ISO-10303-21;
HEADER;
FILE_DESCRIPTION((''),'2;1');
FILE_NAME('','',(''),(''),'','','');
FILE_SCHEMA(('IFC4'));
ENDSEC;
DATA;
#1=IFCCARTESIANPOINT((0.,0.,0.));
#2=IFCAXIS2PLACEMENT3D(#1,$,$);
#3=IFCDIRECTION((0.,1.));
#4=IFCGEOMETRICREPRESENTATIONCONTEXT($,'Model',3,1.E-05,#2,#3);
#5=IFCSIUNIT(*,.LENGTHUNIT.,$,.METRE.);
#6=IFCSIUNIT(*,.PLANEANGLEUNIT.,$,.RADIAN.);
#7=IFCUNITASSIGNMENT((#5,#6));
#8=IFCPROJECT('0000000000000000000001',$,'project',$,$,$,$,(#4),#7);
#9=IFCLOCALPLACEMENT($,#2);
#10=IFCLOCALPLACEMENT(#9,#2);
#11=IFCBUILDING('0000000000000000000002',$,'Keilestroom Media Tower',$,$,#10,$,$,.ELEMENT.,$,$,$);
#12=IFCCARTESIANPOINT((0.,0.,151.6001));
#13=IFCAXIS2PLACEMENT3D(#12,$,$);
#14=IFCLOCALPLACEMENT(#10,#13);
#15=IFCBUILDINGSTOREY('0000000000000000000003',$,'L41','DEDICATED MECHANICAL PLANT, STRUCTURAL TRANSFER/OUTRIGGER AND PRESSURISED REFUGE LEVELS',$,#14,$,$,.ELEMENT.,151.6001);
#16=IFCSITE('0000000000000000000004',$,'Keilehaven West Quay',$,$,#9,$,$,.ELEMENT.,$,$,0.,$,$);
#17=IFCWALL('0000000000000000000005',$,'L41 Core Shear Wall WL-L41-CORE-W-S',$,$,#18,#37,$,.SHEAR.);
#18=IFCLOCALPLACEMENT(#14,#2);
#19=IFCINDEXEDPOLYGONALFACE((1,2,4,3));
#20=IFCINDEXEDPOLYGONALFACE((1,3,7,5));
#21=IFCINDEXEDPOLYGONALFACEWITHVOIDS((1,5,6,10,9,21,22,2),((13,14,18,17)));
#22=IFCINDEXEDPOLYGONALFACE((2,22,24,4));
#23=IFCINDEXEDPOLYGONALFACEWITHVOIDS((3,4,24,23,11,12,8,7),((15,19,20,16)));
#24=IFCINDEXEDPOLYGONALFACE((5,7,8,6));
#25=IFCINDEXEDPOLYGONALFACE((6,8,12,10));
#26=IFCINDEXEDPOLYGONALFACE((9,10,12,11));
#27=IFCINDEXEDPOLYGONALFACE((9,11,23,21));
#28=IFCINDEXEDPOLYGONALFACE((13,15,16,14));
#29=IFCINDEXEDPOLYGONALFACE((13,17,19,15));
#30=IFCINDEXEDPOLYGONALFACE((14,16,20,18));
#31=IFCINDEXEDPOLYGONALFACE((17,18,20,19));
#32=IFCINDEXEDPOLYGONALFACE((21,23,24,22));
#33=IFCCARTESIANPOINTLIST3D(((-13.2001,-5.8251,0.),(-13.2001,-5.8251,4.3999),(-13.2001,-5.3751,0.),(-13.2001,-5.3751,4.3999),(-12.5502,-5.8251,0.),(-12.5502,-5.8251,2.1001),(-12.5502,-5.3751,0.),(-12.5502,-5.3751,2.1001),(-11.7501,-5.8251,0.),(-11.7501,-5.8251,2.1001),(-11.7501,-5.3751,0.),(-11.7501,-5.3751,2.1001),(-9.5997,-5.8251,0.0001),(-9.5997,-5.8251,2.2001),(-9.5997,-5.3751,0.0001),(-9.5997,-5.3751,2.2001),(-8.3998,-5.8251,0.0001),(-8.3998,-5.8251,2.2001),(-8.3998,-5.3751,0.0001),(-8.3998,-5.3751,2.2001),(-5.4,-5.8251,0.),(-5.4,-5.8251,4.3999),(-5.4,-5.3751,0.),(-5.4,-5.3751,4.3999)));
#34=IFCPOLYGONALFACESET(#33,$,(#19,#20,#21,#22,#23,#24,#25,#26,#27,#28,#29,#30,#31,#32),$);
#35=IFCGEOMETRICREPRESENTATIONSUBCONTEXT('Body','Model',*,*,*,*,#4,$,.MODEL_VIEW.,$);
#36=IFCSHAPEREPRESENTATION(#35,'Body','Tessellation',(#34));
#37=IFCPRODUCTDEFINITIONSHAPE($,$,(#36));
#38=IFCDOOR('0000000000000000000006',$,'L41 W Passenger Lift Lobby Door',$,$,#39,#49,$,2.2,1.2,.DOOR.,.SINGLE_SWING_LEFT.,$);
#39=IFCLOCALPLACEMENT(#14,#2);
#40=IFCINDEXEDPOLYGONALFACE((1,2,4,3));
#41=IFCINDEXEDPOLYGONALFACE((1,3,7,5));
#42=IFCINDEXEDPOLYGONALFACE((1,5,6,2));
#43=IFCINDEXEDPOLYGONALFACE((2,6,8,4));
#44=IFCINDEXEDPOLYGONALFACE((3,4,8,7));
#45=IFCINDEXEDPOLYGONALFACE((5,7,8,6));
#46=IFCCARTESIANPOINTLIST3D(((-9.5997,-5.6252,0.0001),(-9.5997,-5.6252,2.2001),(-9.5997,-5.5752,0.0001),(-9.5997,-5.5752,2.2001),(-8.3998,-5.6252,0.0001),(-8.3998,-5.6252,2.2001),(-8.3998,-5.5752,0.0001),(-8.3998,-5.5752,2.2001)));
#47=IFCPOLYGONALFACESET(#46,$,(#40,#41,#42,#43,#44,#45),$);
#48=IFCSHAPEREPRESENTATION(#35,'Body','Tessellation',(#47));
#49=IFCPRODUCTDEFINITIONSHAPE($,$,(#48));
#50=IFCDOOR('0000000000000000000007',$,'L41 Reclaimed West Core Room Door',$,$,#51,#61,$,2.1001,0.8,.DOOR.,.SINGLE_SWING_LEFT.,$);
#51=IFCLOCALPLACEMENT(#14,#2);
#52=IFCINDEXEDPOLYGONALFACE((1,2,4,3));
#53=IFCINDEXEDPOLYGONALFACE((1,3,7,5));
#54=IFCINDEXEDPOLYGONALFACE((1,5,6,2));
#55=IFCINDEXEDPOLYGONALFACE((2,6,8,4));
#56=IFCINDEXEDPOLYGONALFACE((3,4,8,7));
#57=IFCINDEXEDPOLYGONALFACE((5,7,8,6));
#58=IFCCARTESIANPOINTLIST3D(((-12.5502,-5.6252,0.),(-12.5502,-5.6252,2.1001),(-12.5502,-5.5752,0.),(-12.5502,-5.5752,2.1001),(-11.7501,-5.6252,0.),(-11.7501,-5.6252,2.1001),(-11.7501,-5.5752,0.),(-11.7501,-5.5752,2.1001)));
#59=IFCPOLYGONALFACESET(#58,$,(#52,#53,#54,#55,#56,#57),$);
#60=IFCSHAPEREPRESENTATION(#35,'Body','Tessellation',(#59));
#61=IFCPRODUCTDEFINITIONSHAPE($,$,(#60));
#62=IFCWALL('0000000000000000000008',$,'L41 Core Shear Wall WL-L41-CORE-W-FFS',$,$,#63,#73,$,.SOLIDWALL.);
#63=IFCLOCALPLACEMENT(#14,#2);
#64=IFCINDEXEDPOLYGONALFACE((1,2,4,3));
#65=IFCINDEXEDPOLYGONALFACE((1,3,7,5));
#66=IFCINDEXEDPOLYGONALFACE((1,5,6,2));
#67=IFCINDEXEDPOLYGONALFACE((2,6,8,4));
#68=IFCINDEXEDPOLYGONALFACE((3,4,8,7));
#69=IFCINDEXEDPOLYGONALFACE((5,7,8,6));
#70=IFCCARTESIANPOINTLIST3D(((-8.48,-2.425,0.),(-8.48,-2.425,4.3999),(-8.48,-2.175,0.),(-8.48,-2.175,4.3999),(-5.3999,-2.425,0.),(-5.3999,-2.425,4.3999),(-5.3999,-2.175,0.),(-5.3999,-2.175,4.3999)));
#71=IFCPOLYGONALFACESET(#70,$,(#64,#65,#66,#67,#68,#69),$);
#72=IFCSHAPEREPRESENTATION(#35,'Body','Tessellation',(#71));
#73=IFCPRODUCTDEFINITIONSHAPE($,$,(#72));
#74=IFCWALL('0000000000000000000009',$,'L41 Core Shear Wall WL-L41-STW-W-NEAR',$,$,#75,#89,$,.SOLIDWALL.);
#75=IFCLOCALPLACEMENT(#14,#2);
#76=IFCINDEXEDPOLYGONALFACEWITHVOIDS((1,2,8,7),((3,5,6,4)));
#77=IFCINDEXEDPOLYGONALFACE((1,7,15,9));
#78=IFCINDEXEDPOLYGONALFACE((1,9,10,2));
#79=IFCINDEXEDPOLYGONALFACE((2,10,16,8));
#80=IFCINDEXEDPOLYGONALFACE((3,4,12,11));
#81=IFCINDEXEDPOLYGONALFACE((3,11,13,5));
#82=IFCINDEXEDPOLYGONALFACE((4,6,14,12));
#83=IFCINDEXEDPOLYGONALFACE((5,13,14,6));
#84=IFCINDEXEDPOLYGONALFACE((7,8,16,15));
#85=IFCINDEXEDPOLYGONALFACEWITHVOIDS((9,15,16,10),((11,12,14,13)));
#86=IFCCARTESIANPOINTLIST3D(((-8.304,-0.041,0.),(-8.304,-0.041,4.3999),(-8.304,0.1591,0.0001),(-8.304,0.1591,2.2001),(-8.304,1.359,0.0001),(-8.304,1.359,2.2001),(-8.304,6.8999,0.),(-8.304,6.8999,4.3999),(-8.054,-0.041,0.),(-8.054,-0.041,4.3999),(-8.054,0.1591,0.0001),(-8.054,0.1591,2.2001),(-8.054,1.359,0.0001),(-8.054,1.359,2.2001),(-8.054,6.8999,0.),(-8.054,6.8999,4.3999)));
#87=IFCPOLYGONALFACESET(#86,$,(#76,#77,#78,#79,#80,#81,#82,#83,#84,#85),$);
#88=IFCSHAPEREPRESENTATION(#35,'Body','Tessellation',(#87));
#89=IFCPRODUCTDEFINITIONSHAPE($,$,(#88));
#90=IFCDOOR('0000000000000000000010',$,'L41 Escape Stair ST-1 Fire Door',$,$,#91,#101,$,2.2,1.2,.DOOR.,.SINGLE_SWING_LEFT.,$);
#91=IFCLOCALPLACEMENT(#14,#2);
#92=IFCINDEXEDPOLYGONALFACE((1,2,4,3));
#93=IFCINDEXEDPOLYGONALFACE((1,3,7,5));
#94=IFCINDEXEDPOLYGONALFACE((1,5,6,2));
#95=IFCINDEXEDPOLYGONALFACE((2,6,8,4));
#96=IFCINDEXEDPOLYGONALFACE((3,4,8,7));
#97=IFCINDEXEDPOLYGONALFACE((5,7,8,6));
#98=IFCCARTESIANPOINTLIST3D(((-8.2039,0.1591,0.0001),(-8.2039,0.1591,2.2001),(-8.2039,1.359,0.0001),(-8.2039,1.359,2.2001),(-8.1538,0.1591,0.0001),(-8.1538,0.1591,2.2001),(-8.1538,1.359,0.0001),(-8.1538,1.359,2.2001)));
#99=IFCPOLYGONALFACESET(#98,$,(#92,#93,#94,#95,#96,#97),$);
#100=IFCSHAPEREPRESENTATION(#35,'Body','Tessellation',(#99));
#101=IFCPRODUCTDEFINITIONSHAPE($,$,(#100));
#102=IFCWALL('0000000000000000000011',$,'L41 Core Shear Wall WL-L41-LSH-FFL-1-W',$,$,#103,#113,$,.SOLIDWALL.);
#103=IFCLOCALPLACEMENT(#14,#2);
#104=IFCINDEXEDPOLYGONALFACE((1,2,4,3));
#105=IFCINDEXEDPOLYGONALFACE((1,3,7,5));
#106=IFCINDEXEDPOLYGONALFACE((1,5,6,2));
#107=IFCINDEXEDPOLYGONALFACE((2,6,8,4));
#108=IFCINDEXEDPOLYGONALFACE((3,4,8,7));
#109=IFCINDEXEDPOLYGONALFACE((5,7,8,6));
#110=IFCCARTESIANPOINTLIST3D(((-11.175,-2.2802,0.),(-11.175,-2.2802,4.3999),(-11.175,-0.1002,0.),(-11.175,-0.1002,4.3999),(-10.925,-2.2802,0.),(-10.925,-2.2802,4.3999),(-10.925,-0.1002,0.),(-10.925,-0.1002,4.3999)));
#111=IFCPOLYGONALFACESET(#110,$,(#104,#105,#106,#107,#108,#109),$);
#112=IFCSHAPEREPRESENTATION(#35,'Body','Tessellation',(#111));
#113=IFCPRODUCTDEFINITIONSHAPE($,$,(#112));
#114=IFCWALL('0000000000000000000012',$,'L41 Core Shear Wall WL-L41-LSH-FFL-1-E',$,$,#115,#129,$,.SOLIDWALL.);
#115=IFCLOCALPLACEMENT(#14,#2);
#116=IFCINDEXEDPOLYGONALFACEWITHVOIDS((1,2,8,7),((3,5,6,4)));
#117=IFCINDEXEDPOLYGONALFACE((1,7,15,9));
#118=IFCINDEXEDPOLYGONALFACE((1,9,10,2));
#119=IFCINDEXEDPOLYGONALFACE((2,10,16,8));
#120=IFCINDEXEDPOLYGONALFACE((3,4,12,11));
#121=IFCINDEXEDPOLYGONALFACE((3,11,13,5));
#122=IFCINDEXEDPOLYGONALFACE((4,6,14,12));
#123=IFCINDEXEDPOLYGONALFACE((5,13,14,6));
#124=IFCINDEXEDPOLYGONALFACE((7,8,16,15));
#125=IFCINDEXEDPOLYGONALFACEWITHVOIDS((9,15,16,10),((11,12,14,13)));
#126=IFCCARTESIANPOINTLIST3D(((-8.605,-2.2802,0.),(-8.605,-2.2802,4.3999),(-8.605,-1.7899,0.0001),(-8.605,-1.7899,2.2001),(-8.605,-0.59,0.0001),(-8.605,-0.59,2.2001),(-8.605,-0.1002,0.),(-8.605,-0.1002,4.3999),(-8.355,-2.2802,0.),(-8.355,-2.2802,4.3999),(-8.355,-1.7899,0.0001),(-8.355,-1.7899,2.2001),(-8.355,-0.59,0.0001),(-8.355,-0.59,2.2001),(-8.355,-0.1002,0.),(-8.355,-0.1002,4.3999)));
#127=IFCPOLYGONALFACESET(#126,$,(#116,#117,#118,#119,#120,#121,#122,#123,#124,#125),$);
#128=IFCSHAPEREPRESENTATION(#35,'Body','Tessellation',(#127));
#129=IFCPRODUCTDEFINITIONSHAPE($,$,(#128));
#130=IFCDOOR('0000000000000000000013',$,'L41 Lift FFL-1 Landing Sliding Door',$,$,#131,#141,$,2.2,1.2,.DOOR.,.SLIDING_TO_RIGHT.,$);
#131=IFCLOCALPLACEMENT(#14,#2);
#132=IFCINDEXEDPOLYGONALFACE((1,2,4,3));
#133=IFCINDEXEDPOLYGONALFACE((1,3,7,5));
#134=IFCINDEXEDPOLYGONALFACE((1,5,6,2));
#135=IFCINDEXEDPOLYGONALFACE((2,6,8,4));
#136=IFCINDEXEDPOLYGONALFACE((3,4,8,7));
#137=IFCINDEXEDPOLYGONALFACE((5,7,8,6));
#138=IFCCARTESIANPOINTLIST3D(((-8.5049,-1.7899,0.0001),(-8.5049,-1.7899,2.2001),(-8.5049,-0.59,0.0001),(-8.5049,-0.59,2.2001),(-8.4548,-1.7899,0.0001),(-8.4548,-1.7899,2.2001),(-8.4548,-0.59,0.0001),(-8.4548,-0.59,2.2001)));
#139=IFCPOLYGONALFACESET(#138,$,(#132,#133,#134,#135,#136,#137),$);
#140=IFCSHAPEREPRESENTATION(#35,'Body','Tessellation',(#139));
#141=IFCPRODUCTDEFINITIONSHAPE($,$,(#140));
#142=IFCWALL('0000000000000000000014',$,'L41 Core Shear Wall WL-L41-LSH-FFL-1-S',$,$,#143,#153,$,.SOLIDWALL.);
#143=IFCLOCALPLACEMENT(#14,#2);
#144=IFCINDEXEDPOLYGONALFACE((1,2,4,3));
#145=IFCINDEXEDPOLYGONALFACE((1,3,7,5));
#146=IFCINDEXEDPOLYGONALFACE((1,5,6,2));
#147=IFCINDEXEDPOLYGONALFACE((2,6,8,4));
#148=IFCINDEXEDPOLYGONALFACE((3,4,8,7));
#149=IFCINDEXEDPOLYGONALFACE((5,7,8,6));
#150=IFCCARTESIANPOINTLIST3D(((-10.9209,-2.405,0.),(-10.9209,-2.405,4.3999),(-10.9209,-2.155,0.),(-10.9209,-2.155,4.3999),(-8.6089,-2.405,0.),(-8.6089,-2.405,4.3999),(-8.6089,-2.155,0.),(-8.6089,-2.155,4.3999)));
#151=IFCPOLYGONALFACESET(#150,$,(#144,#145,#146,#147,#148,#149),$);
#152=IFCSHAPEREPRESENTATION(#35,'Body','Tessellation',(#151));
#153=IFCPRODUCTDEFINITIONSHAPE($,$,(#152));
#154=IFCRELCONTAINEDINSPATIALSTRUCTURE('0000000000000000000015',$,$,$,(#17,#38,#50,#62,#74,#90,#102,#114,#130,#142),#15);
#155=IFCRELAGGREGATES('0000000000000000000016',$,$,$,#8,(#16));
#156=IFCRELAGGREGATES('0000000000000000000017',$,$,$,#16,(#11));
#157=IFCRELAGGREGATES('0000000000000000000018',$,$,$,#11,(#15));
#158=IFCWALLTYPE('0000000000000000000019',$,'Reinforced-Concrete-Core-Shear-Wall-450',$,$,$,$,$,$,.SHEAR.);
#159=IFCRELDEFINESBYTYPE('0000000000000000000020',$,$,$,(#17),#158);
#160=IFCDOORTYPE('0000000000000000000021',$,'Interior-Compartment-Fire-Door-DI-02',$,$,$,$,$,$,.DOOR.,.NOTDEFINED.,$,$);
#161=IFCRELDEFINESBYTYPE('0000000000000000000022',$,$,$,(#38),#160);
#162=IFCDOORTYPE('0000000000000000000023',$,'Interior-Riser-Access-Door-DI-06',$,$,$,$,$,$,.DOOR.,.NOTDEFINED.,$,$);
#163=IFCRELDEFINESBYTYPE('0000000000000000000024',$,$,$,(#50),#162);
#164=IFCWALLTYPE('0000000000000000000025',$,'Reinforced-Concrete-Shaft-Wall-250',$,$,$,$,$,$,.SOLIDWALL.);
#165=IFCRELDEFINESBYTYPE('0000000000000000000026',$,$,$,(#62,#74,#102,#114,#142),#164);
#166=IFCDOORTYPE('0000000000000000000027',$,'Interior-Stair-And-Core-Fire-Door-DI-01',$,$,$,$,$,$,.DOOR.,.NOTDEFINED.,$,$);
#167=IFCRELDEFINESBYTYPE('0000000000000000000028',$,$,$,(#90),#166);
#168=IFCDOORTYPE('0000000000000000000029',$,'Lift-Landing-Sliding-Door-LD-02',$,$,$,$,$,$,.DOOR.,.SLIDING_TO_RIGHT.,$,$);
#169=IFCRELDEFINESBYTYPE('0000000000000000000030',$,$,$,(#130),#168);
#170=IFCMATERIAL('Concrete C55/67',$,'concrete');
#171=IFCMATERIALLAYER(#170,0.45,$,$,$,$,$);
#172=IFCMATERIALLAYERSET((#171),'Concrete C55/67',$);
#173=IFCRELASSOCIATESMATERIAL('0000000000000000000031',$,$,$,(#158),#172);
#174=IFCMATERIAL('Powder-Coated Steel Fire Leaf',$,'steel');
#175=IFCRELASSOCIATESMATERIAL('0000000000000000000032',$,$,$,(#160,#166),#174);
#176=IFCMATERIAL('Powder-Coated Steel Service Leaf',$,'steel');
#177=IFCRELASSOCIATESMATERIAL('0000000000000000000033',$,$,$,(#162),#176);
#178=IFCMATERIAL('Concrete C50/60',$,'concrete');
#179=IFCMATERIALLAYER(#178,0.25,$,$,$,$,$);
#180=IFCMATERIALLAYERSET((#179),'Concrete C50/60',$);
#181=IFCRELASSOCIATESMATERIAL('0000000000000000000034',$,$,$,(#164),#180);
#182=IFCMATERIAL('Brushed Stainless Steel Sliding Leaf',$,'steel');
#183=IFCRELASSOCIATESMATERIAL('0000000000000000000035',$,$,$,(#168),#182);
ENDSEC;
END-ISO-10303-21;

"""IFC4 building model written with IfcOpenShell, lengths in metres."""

from ifc_helpers import new_model, si_unit, direction, frame, frame_2d, origin, place, context, subcontext, project, spatial, rectangle, extrude, source, transform, mapped, material, layer, layer_set, type_object, element, fill, save


model = new_model("IFC4")

# Units and contexts
model_context = context("Model", 3, precision=1e-05, world=origin(), true_north=direction((0.0, 1.0)))
body_context = subcontext(model_context, "Body", "Model", "MODEL_VIEW")
ifc_project = project(units=[si_unit("LENGTHUNIT", "METRE"), si_unit("PLANEANGLEUNIT", "RADIAN")], contexts=[model_context])

# Site, building, storey
site_placement = place(None, origin())
site = spatial("IfcSite", under=ifc_project, at=site_placement, Name="Keilehaven West Quay", CompositionType="ELEMENT", RefElevation=0.0)
building_placement = place(site_placement, origin())
building = spatial("IfcBuilding", under=site, at=building_placement, Name="Keilestroom Media Tower", CompositionType="ELEMENT")
storey_placement = place(building_placement, frame((0.0, 0.0, 151.6001)))
storey = spatial("IfcBuildingStorey", under=building, at=storey_placement, Name="L41", Description="DEDICATED MECHANICAL PLANT, STRUCTURAL TRANSFER/OUTRIGGER AND PRESSURISED REFUGE LEVELS", CompositionType="ELEMENT", Elevation=151.6001)

# Shared definitions
ifc_material_1 = material(Name="Concrete C55/67", Category="concrete")
ifc_layer_1 = layer(ifc_material_1, 0.45)
ifc_layer_set_1 = layer_set([ifc_layer_1], Name="Concrete C55/67")
wall_type_1 = type_object("IfcWallType", Name="Reinforced-Concrete-Core-Shear-Wall-450", PredefinedType="SHEAR", material=ifc_layer_set_1)

# Wall, openings, doors
ifc_material_2 = material(Name="Powder-Coated Steel Fire Leaf", Category="steel")
door_type_1 = type_object("IfcDoorType", Name="Interior-Compartment-Fire-Door-DI-02", OperationType="NOTDEFINED", PredefinedType="DOOR", material=ifc_material_2)
shared_shape_1 = source(origin(), body_context, "Body", "SweptSolid", [
    extrude(rectangle(XDim=1.2, YDim=2.2, at=frame_2d((0.6001, 1.1001))), frame((0.0, 0.0249, 0.0), z_axis=(0.0, -1.0, 0.0), x_axis=(1.0, 0.0, 0.0)), (0.0, 0.0, 1.0), 0.05),
])
ifc_material_3 = material(Name="Powder-Coated Steel Service Leaf", Category="steel")
door_type_2 = type_object("IfcDoorType", Name="Interior-Riser-Access-Door-DI-06", OperationType="NOTDEFINED", PredefinedType="DOOR", material=ifc_material_3)
shared_shape_2 = source(origin(), body_context, "Body", "SweptSolid", [
    extrude(rectangle(XDim=0.8, YDim=2.1001, at=frame_2d((0.3999, 1.05))), frame((0.0, 0.0249, 0.0), z_axis=(0.0, -1.0, 0.0), x_axis=(1.0, 0.0, 0.0)), (0.0, 0.0, 1.0), 0.05),
])
wall_1_placement = place(storey_placement, frame((-13.2, -5.6001, 0.0), z_axis=(0.0, 0.0, 1.0), x_axis=(1.0, 0.0, 0.0)))
wall_1 = element("IfcWall", 1, at=wall_1_placement, inside=storey, type_object=wall_type_1, Name="L41 Core Shear Wall WL-L41-CORE-W-S", PredefinedType="SHEAR", context=body_context, shape_type="SweptSolid", body=[
    extrude(rectangle(XDim=7.8, YDim=0.45, at=frame_2d((3.8999, 0.0))), origin(), (0.0, 0.0, 1.0), 4.3999),
])
opening_1_placement = place(wall_1_placement, frame((3.6001, 0.0, 0.0)))
opening_1 = element("IfcOpeningElement", 2, at=opening_1_placement, cuts=wall_1, PredefinedType="OPENING", context=body_context, shape_type="SweptSolid", body=[
    extrude(rectangle(XDim=1.2, YDim=2.2, at=frame_2d((0.6001, 1.1001))), frame((0.0, 0.2349, 0.0), z_axis=(0.0, -1.0, 0.0), x_axis=(1.0, 0.0, 0.0)), (0.0, 0.0, 1.0), 0.47),
])
opening_2_placement = place(wall_1_placement, frame((0.6499, 0.0, 0.0)))
opening_2 = element("IfcOpeningElement", 3, at=opening_2_placement, cuts=wall_1, PredefinedType="OPENING", context=body_context, shape_type="SweptSolid", body=[
    extrude(rectangle(XDim=0.8, YDim=2.1001, at=frame_2d((0.3999, 1.05))), frame((0.0, 0.2349, 0.0), z_axis=(0.0, -1.0, 0.0), x_axis=(1.0, 0.0, 0.0)), (0.0, 0.0, 1.0), 0.47),
])
door_1_placement = place(opening_1_placement, origin())
door_1 = element("IfcDoor", 4, at=door_1_placement, inside=storey, type_object=door_type_1, Name="L41 W Passenger Lift Lobby Door", OperationType="SINGLE_SWING_LEFT", OverallHeight=2.2, OverallWidth=1.2, PredefinedType="DOOR", context=body_context, shape_type="MappedRepresentation", body=[
    mapped(shared_shape_1, transform((0.0, 0.0, 0.0), x_axis=(1.0, 0.0, 0.0), y_axis=(0.0, 1.0, 0.0), z_axis=(0.0, 0.0, 1.0), scale=1.0)),
])
fill(opening_1, door_1)
door_2_placement = place(opening_2_placement, origin())
door_2 = element("IfcDoor", 5, at=door_2_placement, inside=storey, type_object=door_type_2, Name="L41 Reclaimed West Core Room Door", OperationType="SINGLE_SWING_LEFT", OverallHeight=2.1001, OverallWidth=0.8, PredefinedType="DOOR", context=body_context, shape_type="MappedRepresentation", body=[
    mapped(shared_shape_2, transform((0.0, 0.0, 0.0), x_axis=(1.0, 0.0, 0.0), y_axis=(0.0, 1.0, 0.0), z_axis=(0.0, 0.0, 1.0), scale=1.0)),
])
fill(opening_2, door_2)

# Wall
ifc_material_4 = material(Name="Concrete C50/60", Category="concrete")
ifc_layer_2 = layer(ifc_material_4, 0.25)
ifc_layer_set_2 = layer_set([ifc_layer_2], Name="Concrete C50/60")
wall_type_2 = type_object("IfcWallType", Name="Reinforced-Concrete-Shaft-Wall-250", PredefinedType="SOLIDWALL", material=ifc_layer_set_2)
wall_2_placement = place(storey_placement, frame((-8.48, -2.3, 0.0), z_axis=(0.0, 0.0, 1.0), x_axis=(1.0, 0.0, 0.0)))
element("IfcWall", 6, at=wall_2_placement, inside=storey, type_object=wall_type_2, Name="L41 Core Shear Wall WL-L41-CORE-W-FFS", PredefinedType="SOLIDWALL", context=body_context, shape_type="SweptSolid", body=[
    extrude(rectangle(XDim=3.0801, YDim=0.25, at=frame_2d((1.54, 0.0))), origin(), (0.0, 0.0, 1.0), 4.3999),
])

# Wall, opening, door
wall_3_placement = place(storey_placement, frame((-8.179, -0.041, 0.0), z_axis=(0.0, 0.0, 1.0), x_axis=(0.0, 1.0, 0.0)))
wall_3 = element("IfcWall", 7, at=wall_3_placement, inside=storey, type_object=wall_type_2, Name="L41 Core Shear Wall WL-L41-STW-W-NEAR", PredefinedType="SOLIDWALL", context=body_context, shape_type="SweptSolid", body=[
    extrude(rectangle(XDim=6.9409, YDim=0.25, at=frame_2d((3.4705, 0.0))), origin(), (0.0, 0.0, 1.0), 4.3999),
])
opening_3_placement = place(wall_3_placement, frame((0.2, 0.0, 0.0)))
opening_3 = element("IfcOpeningElement", 8, at=opening_3_placement, cuts=wall_3, PredefinedType="OPENING", context=body_context, shape_type="SweptSolid", body=[
    extrude(rectangle(XDim=1.2, YDim=2.2, at=frame_2d((0.6001, 1.1001))), frame((0.0, 0.135, 0.0), z_axis=(0.0, -1.0, 0.0), x_axis=(1.0, 0.0, 0.0)), (0.0, 0.0, 1.0), 0.27),
])
door_type_3 = type_object("IfcDoorType", Name="Interior-Stair-And-Core-Fire-Door-DI-01", OperationType="NOTDEFINED", PredefinedType="DOOR", material=ifc_material_2)
door_3_placement = place(opening_3_placement, origin())
door_3 = element("IfcDoor", 9, at=door_3_placement, inside=storey, type_object=door_type_3, Name="L41 Escape Stair ST-1 Fire Door", OperationType="SINGLE_SWING_LEFT", OverallHeight=2.2, OverallWidth=1.2, PredefinedType="DOOR", context=body_context, shape_type="MappedRepresentation", body=[
    mapped(shared_shape_1, transform((0.0, 0.0, 0.0), x_axis=(1.0, 0.0, 0.0), y_axis=(0.0, 1.0, 0.0), z_axis=(0.0, 0.0, 1.0), scale=1.0)),
])
fill(opening_3, door_3)

# Wall
wall_4_placement = place(storey_placement, frame((-11.05, -2.28, 0.0), z_axis=(0.0, 0.0, 1.0), x_axis=(0.0, 1.0, 0.0)))
element("IfcWall", 10, at=wall_4_placement, inside=storey, type_object=wall_type_2, Name="L41 Core Shear Wall WL-L41-LSH-FFL-1-W", PredefinedType="SOLIDWALL", context=body_context, shape_type="SweptSolid", body=[
    extrude(rectangle(XDim=2.1799, YDim=0.25, at=frame_2d((1.0898, 0.0))), origin(), (0.0, 0.0, 1.0), 4.3999),
])

# Wall, opening, door
wall_5_placement = place(storey_placement, frame((-8.48, -2.28, 0.0), z_axis=(0.0, 0.0, 1.0), x_axis=(0.0, 1.0, 0.0)))
wall_5 = element("IfcWall", 11, at=wall_5_placement, inside=storey, type_object=wall_type_2, Name="L41 Core Shear Wall WL-L41-LSH-FFL-1-E", PredefinedType="SOLIDWALL", context=body_context, shape_type="SweptSolid", body=[
    extrude(rectangle(XDim=2.1799, YDim=0.25, at=frame_2d((1.0898, 0.0))), origin(), (0.0, 0.0, 1.0), 4.3999),
])
opening_4_placement = place(wall_5_placement, frame((0.49, 0.0, 0.0)))
opening_4 = element("IfcOpeningElement", 12, at=opening_4_placement, cuts=wall_5, PredefinedType="OPENING", context=body_context, shape_type="SweptSolid", body=[
    extrude(rectangle(XDim=1.2, YDim=2.2, at=frame_2d((0.6001, 1.1001))), frame((0.0, 0.135, 0.0), z_axis=(0.0, -1.0, 0.0), x_axis=(1.0, 0.0, 0.0)), (0.0, 0.0, 1.0), 0.27),
])
ifc_material_5 = material(Name="Brushed Stainless Steel Sliding Leaf", Category="steel")
door_type_4 = type_object("IfcDoorType", Name="Lift-Landing-Sliding-Door-LD-02", OperationType="SLIDING_TO_RIGHT", PredefinedType="DOOR", material=ifc_material_5)
door_4_placement = place(opening_4_placement, origin())
door_4 = element("IfcDoor", 13, at=door_4_placement, inside=storey, type_object=door_type_4, Name="L41 Lift FFL-1 Landing Sliding Door", OperationType="SLIDING_TO_RIGHT", OverallHeight=2.2, OverallWidth=1.2, PredefinedType="DOOR", context=body_context, shape_type="MappedRepresentation", body=[
    mapped(shared_shape_1, transform((0.0, 0.0, 0.0), x_axis=(1.0, 0.0, 0.0), y_axis=(0.0, 1.0, 0.0), z_axis=(0.0, 0.0, 1.0), scale=1.0)),
])
fill(opening_4, door_4)

# Wall
wall_6_placement = place(storey_placement, frame((-10.9209, -2.28, 0.0), z_axis=(0.0, 0.0, 1.0), x_axis=(1.0, 0.0, 0.0)))
element("IfcWall", 14, at=wall_6_placement, inside=storey, type_object=wall_type_2, Name="L41 Core Shear Wall WL-L41-LSH-FFL-1-S", PredefinedType="SOLIDWALL", context=body_context, shape_type="SweptSolid", body=[
    extrude(rectangle(XDim=2.312, YDim=0.25, at=frame_2d((1.156, 0.0))), origin(), (0.0, 0.0, 1.0), 4.3999),
])

save(model, "model.ifc")
